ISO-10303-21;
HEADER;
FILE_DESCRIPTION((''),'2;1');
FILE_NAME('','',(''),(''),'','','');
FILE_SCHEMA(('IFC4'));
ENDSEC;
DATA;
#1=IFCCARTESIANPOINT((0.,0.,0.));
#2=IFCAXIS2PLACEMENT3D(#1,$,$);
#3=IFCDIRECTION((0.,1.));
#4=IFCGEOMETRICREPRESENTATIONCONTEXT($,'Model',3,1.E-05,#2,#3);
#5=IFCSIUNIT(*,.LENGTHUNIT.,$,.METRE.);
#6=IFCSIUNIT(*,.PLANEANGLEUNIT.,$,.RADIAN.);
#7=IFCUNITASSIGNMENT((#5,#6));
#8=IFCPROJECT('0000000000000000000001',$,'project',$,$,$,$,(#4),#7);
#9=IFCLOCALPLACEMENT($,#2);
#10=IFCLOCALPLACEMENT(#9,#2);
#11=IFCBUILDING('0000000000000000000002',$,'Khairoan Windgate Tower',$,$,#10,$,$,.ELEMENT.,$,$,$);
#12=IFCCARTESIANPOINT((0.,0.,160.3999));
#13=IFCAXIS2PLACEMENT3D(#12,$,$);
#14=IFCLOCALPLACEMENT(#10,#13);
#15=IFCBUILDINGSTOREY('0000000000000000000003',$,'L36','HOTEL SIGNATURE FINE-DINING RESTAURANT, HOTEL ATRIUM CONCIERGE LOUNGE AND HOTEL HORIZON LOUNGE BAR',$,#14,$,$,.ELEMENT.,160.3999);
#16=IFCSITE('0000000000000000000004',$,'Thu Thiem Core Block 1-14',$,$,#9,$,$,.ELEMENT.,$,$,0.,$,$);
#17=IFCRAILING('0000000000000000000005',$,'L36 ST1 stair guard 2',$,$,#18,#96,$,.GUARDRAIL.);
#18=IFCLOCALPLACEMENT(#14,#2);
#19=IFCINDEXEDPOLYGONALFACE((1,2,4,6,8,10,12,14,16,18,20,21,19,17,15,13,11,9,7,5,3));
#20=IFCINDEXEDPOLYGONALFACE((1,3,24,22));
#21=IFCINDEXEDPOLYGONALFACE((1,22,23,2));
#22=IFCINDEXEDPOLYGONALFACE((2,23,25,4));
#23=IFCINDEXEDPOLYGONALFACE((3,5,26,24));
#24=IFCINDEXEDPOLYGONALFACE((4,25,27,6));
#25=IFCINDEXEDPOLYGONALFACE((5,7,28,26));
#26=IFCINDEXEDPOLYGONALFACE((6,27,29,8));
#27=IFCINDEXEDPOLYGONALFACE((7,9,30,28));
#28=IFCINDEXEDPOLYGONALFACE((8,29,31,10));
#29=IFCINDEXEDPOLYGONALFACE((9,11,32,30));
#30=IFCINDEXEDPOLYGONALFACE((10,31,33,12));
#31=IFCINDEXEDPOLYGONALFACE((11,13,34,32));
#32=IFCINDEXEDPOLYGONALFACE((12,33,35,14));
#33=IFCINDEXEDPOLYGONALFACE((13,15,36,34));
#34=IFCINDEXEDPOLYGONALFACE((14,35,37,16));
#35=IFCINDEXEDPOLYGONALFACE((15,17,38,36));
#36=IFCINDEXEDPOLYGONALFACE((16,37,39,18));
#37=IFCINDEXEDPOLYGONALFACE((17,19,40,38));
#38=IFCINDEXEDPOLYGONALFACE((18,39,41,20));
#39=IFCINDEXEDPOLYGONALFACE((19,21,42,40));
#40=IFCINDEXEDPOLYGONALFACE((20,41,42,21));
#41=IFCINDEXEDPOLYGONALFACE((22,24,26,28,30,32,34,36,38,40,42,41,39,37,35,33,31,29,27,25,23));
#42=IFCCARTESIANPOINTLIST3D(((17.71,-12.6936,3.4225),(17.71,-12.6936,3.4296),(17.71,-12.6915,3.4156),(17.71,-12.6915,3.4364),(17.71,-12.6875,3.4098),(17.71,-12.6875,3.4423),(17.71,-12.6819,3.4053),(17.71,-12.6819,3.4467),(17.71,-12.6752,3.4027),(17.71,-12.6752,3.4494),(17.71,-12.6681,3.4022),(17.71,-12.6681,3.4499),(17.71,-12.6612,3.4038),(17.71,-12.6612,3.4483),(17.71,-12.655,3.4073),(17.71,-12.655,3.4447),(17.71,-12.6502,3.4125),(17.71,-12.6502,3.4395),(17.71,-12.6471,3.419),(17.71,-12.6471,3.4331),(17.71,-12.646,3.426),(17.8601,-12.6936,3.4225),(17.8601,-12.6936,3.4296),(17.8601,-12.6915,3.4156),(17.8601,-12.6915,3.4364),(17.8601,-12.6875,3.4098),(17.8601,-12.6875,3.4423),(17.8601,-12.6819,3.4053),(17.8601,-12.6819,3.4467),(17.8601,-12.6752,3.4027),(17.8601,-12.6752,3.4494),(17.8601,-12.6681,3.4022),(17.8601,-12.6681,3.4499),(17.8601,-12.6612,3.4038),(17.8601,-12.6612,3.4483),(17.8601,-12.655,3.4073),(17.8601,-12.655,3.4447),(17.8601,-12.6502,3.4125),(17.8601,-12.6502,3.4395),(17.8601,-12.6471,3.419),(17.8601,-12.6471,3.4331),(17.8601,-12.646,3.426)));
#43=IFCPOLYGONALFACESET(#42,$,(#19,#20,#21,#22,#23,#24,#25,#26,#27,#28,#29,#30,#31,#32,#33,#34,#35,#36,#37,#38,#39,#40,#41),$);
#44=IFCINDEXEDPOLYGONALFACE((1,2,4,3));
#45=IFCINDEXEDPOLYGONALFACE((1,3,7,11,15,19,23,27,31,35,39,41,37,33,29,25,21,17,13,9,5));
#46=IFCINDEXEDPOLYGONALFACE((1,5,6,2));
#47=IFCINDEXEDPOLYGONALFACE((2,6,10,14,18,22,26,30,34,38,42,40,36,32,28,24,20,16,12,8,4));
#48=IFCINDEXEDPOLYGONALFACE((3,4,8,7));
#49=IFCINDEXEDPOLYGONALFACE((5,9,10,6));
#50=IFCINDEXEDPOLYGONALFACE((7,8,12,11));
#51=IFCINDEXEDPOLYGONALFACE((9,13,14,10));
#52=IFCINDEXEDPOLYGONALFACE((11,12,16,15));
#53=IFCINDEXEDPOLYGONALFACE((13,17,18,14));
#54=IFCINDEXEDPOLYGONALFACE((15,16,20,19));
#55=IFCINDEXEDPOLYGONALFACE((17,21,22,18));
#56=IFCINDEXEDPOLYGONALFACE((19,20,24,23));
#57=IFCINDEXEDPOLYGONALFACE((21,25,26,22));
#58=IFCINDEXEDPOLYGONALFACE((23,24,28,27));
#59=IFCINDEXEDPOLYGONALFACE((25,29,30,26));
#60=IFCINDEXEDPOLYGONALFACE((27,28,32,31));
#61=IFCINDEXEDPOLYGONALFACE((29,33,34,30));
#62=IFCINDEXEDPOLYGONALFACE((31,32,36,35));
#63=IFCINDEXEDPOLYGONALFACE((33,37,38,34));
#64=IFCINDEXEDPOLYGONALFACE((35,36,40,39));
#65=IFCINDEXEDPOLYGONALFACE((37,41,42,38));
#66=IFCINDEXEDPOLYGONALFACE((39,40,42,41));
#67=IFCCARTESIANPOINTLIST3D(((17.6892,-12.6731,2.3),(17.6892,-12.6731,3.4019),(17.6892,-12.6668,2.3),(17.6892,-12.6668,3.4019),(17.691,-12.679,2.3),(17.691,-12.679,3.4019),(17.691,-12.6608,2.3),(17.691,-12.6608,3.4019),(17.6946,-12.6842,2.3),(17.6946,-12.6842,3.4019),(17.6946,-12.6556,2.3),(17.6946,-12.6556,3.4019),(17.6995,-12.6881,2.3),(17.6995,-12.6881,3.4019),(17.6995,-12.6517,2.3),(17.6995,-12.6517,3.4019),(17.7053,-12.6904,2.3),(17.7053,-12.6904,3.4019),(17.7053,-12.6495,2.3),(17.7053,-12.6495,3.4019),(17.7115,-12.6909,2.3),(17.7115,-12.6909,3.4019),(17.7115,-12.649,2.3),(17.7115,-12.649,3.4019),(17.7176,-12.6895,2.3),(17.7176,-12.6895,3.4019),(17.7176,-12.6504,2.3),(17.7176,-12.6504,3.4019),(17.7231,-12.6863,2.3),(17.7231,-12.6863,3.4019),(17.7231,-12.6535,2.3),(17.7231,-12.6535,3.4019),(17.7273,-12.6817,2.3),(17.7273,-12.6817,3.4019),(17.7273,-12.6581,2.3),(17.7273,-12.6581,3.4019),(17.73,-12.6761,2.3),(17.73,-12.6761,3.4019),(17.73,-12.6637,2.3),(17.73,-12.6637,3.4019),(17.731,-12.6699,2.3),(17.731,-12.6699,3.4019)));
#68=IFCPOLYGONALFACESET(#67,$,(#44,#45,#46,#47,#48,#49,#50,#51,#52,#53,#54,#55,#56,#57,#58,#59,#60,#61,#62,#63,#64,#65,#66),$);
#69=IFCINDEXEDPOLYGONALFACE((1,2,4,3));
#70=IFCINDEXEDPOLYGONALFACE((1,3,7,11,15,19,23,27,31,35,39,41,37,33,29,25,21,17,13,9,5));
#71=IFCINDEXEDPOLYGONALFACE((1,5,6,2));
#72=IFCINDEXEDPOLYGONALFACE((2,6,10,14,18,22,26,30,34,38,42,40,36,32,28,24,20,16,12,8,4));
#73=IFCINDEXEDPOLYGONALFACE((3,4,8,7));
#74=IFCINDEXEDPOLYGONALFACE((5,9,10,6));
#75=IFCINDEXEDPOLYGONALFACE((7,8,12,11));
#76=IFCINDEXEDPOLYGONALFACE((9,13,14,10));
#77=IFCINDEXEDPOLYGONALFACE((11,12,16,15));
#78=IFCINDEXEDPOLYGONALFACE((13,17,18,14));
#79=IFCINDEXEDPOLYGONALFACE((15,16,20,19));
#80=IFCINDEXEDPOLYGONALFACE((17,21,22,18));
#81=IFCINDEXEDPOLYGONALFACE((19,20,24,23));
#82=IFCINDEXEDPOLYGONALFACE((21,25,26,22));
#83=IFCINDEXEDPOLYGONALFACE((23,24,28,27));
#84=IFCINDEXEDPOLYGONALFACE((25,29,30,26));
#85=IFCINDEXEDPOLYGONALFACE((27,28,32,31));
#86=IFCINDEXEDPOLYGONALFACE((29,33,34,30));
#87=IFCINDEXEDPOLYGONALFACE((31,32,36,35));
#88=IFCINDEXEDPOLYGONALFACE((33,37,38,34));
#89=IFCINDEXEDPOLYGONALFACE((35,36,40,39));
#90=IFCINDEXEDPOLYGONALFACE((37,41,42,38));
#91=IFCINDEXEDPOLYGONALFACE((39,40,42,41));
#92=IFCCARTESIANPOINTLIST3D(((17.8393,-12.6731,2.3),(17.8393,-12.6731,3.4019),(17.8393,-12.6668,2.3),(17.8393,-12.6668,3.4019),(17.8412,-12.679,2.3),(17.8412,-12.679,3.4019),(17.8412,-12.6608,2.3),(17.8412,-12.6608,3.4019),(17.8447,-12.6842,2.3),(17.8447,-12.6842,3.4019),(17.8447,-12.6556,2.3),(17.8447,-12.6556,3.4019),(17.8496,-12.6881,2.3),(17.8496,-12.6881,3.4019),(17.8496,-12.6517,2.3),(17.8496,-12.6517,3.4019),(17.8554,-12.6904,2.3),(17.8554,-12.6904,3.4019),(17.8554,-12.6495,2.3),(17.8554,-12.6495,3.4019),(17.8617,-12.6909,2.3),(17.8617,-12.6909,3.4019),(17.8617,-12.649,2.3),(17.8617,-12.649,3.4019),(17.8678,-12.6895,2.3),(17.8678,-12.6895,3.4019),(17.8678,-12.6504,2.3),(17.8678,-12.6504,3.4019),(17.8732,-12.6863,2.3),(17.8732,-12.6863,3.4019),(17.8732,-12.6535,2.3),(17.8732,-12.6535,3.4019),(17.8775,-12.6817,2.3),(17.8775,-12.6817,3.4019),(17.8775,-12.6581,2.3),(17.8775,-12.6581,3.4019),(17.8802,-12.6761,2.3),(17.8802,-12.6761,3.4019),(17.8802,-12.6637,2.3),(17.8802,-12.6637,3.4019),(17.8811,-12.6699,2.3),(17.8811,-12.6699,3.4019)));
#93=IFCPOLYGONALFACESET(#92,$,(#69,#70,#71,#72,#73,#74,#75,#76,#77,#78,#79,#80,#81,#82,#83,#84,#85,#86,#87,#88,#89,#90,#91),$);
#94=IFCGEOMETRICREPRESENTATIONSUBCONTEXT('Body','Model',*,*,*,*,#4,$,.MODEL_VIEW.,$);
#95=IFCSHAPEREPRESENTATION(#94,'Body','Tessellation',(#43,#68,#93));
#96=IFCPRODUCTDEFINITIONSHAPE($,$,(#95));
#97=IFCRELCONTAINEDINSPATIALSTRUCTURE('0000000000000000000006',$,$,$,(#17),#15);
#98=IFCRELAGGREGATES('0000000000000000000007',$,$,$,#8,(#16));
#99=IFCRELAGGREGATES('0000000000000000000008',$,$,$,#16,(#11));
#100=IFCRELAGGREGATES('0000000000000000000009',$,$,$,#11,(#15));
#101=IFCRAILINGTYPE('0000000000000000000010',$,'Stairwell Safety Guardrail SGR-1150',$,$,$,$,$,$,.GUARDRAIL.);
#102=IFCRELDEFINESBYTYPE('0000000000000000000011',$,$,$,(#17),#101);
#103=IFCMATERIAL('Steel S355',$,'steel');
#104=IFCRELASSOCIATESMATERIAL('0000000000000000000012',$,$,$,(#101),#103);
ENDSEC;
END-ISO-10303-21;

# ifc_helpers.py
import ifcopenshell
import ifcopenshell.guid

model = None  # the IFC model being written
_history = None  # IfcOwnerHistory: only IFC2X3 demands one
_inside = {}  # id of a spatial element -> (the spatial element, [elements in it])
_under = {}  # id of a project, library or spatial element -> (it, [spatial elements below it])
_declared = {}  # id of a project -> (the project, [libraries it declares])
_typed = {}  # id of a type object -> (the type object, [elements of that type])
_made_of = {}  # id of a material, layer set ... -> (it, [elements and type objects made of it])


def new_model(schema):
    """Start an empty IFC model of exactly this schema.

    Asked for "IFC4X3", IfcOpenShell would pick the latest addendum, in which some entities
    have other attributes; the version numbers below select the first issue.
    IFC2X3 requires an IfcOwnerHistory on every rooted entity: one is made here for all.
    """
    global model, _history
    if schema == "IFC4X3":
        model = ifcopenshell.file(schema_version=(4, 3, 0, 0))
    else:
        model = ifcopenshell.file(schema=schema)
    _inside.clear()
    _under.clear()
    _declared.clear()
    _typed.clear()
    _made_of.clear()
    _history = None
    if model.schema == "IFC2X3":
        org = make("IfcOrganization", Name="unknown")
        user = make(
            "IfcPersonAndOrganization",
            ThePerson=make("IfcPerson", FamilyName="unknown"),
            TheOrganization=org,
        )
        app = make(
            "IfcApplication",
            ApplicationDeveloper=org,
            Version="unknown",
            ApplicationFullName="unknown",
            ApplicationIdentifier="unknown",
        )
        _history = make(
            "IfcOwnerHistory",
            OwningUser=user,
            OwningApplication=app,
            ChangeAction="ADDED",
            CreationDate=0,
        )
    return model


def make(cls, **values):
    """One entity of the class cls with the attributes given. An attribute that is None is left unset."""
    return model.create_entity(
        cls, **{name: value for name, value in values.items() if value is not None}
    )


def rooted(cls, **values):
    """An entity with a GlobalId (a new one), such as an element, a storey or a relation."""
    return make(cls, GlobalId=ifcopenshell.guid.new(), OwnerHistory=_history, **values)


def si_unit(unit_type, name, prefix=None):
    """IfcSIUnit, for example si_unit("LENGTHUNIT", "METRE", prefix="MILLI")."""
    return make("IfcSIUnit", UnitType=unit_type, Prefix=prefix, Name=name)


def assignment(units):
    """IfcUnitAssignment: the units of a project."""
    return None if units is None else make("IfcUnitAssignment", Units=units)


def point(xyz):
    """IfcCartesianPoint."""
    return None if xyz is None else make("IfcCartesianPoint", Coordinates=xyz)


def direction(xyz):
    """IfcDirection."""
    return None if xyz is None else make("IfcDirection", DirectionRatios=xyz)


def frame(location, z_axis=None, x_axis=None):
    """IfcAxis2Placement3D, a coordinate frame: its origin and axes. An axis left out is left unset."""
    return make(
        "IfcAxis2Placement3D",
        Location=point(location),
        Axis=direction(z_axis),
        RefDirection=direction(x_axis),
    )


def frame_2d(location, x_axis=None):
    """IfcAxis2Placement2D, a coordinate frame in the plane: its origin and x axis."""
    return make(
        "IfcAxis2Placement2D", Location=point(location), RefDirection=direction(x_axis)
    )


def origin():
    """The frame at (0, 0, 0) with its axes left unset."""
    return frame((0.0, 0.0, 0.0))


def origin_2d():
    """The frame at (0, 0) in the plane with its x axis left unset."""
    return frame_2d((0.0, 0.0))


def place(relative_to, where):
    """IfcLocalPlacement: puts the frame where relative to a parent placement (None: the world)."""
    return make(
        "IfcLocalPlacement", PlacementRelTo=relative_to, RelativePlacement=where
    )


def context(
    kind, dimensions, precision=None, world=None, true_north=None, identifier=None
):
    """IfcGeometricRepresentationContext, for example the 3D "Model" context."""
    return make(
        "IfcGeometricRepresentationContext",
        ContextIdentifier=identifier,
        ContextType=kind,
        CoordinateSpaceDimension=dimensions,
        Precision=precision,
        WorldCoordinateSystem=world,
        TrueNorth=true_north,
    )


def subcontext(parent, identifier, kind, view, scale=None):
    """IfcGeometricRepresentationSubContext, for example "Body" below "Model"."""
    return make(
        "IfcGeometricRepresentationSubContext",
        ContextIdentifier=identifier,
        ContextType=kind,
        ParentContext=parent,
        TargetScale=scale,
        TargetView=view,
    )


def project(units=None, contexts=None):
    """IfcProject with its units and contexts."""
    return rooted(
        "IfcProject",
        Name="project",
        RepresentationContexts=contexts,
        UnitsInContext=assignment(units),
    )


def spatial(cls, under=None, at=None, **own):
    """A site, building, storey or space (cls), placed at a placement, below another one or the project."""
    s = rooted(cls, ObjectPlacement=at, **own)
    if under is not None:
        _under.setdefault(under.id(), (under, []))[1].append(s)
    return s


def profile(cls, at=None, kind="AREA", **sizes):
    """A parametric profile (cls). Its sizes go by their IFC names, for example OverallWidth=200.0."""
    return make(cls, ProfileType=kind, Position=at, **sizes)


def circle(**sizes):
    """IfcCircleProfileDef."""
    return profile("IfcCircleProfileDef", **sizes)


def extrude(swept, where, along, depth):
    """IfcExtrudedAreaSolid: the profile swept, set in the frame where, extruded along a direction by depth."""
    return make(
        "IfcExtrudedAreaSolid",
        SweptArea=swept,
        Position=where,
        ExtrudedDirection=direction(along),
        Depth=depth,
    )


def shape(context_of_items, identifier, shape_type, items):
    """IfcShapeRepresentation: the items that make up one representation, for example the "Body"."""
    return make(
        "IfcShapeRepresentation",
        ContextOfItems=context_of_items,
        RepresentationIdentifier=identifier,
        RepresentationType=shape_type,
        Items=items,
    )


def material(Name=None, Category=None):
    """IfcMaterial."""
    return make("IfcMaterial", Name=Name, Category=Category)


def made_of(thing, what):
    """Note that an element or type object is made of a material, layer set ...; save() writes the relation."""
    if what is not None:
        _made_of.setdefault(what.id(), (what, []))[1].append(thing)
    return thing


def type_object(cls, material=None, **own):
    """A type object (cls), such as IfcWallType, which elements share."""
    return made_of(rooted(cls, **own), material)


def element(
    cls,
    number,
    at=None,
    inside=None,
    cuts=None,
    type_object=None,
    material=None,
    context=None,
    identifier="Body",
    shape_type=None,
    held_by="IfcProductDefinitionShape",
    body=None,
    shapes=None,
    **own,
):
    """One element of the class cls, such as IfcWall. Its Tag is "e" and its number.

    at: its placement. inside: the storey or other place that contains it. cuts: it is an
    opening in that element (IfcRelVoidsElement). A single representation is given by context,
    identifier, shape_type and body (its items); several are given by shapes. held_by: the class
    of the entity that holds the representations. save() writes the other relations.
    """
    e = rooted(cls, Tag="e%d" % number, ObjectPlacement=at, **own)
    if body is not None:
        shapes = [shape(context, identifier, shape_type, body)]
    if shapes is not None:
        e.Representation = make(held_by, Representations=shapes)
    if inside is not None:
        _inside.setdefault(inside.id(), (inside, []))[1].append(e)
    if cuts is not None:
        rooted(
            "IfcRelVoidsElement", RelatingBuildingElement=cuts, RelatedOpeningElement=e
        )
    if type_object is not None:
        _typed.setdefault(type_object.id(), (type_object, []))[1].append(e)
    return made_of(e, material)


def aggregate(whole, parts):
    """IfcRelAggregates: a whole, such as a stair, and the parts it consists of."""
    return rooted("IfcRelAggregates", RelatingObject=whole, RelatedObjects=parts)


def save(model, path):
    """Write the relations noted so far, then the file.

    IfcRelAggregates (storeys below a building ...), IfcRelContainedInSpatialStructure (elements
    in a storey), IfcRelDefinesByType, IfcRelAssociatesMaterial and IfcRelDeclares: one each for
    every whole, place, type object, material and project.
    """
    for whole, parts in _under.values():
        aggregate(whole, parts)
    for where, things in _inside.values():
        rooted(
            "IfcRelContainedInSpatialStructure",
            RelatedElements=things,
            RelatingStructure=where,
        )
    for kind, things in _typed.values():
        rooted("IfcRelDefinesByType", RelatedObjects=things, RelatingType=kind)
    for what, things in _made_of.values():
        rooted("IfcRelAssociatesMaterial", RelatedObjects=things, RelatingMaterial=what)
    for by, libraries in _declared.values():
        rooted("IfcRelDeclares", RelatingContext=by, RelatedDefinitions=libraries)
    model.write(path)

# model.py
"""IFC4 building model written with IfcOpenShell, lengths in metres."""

from ifc_helpers import new_model, si_unit, direction, frame, origin, origin_2d, place, context, subcontext, project, spatial, circle, extrude, material, type_object, element, save


model = new_model("IFC4")

# Units and contexts
model_context = context("Model", 3, precision=1e-05, world=origin(), true_north=direction((0.0, 1.0)))
body_context = subcontext(model_context, "Body", "Model", "MODEL_VIEW")
ifc_project = project(units=[si_unit("LENGTHUNIT", "METRE"), si_unit("PLANEANGLEUNIT", "RADIAN")], contexts=[model_context])

# Site, building, storey
site_placement = place(None, origin())
site = spatial("IfcSite", under=ifc_project, at=site_placement, Name="Thu Thiem Core Block 1-14", CompositionType="ELEMENT", RefElevation=0.0)
building_placement = place(site_placement, origin())
building = spatial("IfcBuilding", under=site, at=building_placement, Name="Khairoan Windgate Tower", CompositionType="ELEMENT")
storey_placement = place(building_placement, frame((0.0, 0.0, 160.3999)))
storey = spatial("IfcBuildingStorey", under=building, at=storey_placement, Name="L36", Description="HOTEL SIGNATURE FINE-DINING RESTAURANT, HOTEL ATRIUM CONCIERGE LOUNGE AND HOTEL HORIZON LOUNGE BAR", CompositionType="ELEMENT", Elevation=160.3999)

# Railing
ifc_material_1 = material(Name="Steel S355", Category="steel")
railing_type_1 = type_object("IfcRailingType", Name="Stairwell Safety Guardrail SGR-1150", PredefinedType="GUARDRAIL", material=ifc_material_1)
railing_1_placement = place(storey_placement, frame((17.71, -12.6699, 2.3)))
element("IfcRailing", 1, at=railing_1_placement, inside=storey, type_object=railing_type_1, Name="L36 ST1 stair guard 2", PredefinedType="GUARDRAIL", context=body_context, shape_type="SweptSolid", body=[
    extrude(circle(Radius=0.0239, at=origin_2d()), frame((0.0, 0.0, 1.126), z_axis=(1.0, 0.0, 0.0), x_axis=(0.0, 1.0, 0.0)), (0.0, 0.0, 1.0), 0.1501),
    extrude(circle(Radius=0.021, at=origin_2d()), origin(), (0.0, 0.0, 1.0), 1.1018),
    extrude(circle(Radius=0.021, at=origin_2d()), frame((0.1501, 0.0, 0.0)), (0.0, 0.0, 1.0), 1.1018),
])

save(model, "model.ifc")
